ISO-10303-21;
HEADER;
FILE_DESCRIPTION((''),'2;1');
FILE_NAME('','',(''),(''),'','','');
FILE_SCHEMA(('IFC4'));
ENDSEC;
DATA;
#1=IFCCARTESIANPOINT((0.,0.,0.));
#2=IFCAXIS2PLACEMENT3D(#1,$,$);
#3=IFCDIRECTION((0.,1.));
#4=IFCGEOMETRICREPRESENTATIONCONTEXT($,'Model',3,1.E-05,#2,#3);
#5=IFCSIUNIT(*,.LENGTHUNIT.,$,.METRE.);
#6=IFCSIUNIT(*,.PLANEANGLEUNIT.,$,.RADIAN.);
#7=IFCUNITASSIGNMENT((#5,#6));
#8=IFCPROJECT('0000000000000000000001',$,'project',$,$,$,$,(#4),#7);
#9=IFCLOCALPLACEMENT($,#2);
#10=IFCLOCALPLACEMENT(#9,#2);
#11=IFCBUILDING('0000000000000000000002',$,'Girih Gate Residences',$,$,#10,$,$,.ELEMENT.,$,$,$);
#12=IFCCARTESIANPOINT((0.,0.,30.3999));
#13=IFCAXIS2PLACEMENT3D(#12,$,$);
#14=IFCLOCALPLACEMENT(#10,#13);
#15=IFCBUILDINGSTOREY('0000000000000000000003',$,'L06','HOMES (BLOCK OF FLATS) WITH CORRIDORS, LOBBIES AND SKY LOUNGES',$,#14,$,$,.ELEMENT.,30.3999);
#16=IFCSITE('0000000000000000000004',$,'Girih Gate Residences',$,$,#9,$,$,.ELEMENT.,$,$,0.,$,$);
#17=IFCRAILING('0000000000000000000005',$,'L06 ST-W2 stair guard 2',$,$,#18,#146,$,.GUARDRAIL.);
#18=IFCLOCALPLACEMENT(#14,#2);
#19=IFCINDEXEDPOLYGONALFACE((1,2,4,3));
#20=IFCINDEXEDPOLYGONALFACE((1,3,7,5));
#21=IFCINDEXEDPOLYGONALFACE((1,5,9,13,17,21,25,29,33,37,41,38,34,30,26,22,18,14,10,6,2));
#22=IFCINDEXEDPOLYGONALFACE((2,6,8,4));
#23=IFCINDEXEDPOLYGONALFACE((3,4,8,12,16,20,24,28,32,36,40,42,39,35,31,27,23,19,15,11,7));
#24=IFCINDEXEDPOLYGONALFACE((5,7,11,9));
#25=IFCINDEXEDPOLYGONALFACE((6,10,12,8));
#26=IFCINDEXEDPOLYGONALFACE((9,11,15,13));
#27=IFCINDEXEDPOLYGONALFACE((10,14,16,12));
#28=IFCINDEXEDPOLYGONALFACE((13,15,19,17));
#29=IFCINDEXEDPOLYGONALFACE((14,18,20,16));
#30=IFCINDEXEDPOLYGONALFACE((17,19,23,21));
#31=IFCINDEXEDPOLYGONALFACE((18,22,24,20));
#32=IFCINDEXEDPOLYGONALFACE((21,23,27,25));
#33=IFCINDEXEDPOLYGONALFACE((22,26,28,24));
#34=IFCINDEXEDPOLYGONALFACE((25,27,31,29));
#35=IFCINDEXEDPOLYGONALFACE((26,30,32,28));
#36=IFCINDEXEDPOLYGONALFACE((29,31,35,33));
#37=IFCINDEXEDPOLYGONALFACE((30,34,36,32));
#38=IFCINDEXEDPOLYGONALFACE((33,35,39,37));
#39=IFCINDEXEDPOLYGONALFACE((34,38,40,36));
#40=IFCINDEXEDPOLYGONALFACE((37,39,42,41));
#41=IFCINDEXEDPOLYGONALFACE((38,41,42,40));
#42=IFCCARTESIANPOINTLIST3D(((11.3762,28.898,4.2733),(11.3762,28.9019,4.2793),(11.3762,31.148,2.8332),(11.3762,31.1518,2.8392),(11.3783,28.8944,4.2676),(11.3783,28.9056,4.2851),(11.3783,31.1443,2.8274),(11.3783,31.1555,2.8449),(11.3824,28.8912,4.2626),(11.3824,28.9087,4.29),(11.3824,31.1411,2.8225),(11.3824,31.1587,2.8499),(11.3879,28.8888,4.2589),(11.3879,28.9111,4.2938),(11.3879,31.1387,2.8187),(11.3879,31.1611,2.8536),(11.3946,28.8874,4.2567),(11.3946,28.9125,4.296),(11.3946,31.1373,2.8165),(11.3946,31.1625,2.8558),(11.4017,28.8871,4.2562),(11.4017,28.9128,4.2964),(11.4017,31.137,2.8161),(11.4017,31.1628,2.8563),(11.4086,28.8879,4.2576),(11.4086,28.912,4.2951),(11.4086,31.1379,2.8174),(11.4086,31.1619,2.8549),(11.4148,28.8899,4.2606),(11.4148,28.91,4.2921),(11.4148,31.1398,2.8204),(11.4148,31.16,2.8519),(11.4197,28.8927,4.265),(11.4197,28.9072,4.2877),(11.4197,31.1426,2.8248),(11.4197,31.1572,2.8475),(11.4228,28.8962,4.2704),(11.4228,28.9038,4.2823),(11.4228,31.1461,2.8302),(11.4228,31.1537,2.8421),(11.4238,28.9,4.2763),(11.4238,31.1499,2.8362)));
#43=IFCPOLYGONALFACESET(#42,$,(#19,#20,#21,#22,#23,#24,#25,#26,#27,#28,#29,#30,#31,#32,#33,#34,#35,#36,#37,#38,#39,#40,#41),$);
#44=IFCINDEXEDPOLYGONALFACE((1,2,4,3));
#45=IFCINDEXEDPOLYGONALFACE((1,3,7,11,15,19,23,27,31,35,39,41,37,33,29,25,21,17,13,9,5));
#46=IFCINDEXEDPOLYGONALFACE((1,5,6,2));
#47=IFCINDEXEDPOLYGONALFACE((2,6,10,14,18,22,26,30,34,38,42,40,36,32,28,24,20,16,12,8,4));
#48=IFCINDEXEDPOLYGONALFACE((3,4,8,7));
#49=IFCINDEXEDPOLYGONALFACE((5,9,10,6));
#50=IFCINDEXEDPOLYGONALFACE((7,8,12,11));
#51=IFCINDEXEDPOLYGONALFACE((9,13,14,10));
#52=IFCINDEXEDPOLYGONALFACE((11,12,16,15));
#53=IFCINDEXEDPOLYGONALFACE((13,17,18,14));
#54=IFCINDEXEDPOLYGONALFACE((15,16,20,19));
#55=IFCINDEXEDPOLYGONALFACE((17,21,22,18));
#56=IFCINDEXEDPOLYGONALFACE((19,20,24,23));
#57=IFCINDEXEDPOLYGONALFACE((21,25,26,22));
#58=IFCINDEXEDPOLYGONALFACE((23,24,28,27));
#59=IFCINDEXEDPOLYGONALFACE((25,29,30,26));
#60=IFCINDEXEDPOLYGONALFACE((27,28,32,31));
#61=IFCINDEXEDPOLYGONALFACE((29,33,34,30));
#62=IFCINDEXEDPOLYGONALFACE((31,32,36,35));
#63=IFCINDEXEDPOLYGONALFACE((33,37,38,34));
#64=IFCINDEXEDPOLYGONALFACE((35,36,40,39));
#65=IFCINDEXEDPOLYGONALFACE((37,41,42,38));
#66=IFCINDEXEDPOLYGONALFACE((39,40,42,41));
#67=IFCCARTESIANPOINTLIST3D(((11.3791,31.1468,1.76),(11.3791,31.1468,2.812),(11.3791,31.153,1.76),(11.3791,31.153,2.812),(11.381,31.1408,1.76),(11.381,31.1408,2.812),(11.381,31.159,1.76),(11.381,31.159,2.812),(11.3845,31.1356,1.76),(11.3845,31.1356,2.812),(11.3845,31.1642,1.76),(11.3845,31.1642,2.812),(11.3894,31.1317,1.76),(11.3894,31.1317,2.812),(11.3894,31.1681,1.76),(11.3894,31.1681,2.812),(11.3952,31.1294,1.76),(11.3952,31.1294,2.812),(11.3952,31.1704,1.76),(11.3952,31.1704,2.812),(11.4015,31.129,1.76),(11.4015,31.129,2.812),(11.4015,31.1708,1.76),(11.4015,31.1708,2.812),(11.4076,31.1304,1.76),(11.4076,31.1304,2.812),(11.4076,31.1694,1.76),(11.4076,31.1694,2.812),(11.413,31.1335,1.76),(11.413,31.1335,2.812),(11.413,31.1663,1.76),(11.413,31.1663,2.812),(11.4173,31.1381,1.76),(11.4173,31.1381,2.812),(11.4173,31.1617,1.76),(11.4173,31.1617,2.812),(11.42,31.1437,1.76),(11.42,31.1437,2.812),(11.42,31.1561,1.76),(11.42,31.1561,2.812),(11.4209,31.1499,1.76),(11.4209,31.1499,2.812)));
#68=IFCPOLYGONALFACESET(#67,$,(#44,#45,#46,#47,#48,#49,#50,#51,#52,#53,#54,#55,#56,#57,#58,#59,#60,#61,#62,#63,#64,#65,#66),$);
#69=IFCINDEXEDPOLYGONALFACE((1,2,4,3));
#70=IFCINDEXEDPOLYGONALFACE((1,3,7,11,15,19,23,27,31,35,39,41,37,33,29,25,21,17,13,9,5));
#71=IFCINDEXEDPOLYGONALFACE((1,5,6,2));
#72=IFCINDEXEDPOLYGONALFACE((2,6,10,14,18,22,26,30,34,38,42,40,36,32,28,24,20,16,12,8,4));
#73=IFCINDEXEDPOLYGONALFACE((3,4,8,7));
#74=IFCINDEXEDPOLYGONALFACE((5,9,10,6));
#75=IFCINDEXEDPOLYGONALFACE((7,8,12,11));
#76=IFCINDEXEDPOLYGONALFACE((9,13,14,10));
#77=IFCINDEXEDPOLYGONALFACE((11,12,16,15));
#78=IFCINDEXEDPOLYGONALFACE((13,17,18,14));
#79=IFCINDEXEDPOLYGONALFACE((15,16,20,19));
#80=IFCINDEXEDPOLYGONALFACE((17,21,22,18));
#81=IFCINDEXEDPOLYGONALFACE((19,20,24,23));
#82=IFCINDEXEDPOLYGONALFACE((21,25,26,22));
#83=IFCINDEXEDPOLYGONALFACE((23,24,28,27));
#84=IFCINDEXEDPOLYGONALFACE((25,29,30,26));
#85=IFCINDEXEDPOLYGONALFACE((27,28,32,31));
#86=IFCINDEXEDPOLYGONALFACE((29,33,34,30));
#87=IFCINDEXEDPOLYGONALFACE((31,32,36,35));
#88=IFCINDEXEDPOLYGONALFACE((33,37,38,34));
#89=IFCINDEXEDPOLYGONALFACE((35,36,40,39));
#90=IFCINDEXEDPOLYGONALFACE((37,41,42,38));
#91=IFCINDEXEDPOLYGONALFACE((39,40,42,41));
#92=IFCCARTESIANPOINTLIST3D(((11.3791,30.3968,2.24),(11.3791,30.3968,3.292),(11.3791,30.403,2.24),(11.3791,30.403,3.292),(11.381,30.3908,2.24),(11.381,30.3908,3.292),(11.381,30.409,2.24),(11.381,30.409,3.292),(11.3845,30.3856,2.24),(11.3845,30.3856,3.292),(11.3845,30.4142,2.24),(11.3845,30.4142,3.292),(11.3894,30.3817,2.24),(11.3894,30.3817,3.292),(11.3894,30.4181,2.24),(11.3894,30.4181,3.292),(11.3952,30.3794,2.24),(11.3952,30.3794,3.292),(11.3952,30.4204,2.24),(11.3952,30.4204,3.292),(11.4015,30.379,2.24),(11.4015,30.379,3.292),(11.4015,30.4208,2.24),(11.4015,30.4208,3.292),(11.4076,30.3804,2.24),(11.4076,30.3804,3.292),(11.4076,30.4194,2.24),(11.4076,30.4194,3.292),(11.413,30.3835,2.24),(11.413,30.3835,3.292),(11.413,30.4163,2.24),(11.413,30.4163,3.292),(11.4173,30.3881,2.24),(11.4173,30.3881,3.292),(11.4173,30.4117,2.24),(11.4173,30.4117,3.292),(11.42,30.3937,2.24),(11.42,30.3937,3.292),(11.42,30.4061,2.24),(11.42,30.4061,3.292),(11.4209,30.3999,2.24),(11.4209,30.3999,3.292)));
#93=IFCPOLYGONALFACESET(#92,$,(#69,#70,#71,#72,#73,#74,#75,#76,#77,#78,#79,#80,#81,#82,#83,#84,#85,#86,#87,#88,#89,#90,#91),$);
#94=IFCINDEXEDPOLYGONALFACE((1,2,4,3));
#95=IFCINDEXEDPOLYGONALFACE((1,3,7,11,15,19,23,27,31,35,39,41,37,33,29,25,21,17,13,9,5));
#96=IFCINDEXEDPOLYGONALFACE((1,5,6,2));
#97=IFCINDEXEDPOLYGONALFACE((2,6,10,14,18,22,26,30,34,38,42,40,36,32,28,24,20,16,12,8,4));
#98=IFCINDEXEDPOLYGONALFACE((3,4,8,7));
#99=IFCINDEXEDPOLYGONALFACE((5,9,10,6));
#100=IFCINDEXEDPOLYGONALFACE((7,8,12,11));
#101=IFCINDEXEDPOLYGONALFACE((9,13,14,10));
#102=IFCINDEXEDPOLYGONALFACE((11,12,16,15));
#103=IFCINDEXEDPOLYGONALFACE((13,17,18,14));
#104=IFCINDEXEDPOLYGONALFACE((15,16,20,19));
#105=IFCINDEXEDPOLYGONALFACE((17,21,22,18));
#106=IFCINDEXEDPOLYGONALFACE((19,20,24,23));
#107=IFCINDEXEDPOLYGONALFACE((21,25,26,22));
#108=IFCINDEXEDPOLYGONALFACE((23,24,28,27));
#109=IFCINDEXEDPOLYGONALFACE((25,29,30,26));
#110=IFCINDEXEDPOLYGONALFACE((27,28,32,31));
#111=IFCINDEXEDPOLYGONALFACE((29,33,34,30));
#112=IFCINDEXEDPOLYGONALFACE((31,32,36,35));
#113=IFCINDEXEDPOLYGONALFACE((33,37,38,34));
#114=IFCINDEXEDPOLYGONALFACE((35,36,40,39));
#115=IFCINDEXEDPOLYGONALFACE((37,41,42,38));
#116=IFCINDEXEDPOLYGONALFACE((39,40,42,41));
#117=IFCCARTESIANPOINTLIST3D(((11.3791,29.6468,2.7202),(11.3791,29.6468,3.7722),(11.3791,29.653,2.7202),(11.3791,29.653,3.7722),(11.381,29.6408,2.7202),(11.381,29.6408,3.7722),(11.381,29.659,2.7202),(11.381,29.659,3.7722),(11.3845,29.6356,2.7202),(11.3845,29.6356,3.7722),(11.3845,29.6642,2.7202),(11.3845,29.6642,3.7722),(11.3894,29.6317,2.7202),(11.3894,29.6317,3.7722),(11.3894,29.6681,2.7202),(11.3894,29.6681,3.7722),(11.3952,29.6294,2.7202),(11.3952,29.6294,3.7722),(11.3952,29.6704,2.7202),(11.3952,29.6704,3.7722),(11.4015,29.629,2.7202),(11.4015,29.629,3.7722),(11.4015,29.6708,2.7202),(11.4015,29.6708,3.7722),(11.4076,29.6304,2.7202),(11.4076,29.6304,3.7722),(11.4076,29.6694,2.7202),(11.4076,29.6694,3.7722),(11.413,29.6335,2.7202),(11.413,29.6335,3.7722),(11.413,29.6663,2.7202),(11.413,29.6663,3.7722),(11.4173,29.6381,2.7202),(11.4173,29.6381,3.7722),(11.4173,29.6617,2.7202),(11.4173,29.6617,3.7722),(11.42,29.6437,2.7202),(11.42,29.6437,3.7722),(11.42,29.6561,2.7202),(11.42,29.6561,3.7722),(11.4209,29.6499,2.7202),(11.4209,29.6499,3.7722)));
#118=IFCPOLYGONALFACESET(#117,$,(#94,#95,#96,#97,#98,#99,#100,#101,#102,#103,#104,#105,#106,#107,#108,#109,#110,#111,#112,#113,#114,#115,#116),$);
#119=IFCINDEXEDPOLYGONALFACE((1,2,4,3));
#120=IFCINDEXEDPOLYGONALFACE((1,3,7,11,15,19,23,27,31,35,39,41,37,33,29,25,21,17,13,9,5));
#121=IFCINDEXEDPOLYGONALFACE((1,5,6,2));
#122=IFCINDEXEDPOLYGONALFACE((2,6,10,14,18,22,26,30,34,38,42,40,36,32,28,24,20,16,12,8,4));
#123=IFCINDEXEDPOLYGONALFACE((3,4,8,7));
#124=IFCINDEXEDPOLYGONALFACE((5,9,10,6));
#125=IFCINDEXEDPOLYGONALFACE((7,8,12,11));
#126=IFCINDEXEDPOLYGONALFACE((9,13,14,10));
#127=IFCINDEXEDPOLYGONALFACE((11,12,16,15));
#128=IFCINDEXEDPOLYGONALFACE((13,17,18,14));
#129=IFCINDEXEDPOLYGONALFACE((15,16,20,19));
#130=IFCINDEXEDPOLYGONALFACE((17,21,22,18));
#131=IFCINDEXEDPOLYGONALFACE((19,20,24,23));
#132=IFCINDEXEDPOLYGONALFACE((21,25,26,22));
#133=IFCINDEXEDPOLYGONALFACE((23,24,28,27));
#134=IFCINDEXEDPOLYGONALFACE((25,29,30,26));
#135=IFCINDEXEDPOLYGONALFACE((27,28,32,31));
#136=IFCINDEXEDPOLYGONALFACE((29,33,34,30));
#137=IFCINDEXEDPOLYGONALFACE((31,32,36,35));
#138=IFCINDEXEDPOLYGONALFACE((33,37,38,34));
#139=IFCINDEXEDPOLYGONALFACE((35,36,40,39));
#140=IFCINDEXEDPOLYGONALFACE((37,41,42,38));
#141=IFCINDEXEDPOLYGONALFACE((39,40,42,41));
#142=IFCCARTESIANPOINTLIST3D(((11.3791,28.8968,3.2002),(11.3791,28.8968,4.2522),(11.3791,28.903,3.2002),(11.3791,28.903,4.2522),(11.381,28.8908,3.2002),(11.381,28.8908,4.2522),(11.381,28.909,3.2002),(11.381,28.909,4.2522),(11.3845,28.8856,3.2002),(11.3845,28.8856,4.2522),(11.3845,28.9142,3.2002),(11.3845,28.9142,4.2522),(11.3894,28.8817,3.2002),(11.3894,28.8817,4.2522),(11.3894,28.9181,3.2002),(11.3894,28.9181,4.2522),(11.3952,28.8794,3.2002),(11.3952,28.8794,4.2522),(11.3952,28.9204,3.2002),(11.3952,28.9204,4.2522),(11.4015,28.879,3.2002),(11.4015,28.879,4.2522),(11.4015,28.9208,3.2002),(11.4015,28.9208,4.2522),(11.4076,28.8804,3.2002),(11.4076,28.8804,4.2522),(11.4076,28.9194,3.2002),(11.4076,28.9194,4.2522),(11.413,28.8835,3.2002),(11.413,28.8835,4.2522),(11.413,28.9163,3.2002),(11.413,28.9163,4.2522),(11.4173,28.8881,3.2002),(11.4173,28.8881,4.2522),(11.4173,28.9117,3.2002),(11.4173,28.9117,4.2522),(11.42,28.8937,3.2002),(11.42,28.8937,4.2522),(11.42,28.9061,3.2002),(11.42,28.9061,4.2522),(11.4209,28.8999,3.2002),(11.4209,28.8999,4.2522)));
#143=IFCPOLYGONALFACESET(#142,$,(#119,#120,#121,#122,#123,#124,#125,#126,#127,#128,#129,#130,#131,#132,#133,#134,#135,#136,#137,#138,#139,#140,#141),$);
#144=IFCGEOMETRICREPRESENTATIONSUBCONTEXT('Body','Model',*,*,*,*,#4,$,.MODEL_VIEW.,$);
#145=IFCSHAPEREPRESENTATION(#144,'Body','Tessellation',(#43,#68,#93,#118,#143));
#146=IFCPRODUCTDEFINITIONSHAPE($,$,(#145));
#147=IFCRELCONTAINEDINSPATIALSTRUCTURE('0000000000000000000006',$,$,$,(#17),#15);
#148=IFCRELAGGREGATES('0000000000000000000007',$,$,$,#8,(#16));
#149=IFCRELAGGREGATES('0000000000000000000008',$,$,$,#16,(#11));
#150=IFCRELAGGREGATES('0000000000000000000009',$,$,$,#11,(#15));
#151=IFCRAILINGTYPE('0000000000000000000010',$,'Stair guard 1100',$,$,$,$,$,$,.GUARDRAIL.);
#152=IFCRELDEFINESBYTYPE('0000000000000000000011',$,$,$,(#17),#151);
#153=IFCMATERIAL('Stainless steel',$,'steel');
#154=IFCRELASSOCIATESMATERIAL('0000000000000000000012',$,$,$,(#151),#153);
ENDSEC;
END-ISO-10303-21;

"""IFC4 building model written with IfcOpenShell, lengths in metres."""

from ifc_helpers import new_model, si_unit, direction, frame, origin, origin_2d, place, context, subcontext, project, spatial, circle, extrude, material, type_object, element, save


model = new_model("IFC4")

# Units and contexts
model_context = context("Model", 3, precision=1e-05, world=origin(), true_north=direction((0.0, 1.0)))
body_context = subcontext(model_context, "Body", "Model", "MODEL_VIEW")
ifc_project = project(units=[si_unit("LENGTHUNIT", "METRE"), si_unit("PLANEANGLEUNIT", "RADIAN")], contexts=[model_context])

# Site, building, storey
site_placement = place(None, origin())
site = spatial("IfcSite", under=ifc_project, at=site_placement, Name="Girih Gate Residences", CompositionType="ELEMENT", RefElevation=0.0)
building_placement = place(site_placement, origin())
building = spatial("IfcBuilding", under=site, at=building_placement, Name="Girih Gate Residences", CompositionType="ELEMENT")
storey_placement = place(building_placement, frame((0.0, 0.0, 30.3999)))
storey = spatial("IfcBuildingStorey", under=building, at=storey_placement, Name="L06", Description="HOMES (BLOCK OF FLATS) WITH CORRIDORS, LOBBIES AND SKY LOUNGES", CompositionType="ELEMENT", Elevation=30.3999)

# Railing
ifc_material_1 = material(Name="Stainless steel", Category="steel")
railing_type_1 = type_object("IfcRailingType", Name="Stair guard 1100", PredefinedType="GUARDRAIL", material=ifc_material_1)
railing_1_placement = place(storey_placement, frame((11.3999, 31.1499, 1.76)))
element("IfcRailing", 1, at=railing_1_placement, inside=storey, type_object=railing_type_1, Name="L06 ST-W2 stair guard 2", PredefinedType="GUARDRAIL", context=body_context, shape_type="SweptSolid", body=[
    extrude(circle(Radius=0.0239, at=origin_2d()), frame((0.0, 0.0, 1.0762), z_axis=(0.0, -0.84224, 0.539103), x_axis=(1.0, 0.0, 0.0)), (0.0, 0.0, 1.0), 2.6714),
    extrude(circle(Radius=0.021, at=origin_2d()), origin(), (0.0, 0.0, 1.0), 1.052),
    extrude(circle(Radius=0.021, at=origin_2d()), frame((0.0, -0.75, 0.48)), (0.0, 0.0, 1.0), 1.052),
    extrude(circle(Radius=0.021, at=origin_2d()), frame((0.0, -1.5, 0.9602)), (0.0, 0.0, 1.0), 1.052),
    extrude(circle(Radius=0.021, at=origin_2d()), frame((0.0, -2.25, 1.4402)), (0.0, 0.0, 1.0), 1.052),
])

save(model, "model.ifc")
